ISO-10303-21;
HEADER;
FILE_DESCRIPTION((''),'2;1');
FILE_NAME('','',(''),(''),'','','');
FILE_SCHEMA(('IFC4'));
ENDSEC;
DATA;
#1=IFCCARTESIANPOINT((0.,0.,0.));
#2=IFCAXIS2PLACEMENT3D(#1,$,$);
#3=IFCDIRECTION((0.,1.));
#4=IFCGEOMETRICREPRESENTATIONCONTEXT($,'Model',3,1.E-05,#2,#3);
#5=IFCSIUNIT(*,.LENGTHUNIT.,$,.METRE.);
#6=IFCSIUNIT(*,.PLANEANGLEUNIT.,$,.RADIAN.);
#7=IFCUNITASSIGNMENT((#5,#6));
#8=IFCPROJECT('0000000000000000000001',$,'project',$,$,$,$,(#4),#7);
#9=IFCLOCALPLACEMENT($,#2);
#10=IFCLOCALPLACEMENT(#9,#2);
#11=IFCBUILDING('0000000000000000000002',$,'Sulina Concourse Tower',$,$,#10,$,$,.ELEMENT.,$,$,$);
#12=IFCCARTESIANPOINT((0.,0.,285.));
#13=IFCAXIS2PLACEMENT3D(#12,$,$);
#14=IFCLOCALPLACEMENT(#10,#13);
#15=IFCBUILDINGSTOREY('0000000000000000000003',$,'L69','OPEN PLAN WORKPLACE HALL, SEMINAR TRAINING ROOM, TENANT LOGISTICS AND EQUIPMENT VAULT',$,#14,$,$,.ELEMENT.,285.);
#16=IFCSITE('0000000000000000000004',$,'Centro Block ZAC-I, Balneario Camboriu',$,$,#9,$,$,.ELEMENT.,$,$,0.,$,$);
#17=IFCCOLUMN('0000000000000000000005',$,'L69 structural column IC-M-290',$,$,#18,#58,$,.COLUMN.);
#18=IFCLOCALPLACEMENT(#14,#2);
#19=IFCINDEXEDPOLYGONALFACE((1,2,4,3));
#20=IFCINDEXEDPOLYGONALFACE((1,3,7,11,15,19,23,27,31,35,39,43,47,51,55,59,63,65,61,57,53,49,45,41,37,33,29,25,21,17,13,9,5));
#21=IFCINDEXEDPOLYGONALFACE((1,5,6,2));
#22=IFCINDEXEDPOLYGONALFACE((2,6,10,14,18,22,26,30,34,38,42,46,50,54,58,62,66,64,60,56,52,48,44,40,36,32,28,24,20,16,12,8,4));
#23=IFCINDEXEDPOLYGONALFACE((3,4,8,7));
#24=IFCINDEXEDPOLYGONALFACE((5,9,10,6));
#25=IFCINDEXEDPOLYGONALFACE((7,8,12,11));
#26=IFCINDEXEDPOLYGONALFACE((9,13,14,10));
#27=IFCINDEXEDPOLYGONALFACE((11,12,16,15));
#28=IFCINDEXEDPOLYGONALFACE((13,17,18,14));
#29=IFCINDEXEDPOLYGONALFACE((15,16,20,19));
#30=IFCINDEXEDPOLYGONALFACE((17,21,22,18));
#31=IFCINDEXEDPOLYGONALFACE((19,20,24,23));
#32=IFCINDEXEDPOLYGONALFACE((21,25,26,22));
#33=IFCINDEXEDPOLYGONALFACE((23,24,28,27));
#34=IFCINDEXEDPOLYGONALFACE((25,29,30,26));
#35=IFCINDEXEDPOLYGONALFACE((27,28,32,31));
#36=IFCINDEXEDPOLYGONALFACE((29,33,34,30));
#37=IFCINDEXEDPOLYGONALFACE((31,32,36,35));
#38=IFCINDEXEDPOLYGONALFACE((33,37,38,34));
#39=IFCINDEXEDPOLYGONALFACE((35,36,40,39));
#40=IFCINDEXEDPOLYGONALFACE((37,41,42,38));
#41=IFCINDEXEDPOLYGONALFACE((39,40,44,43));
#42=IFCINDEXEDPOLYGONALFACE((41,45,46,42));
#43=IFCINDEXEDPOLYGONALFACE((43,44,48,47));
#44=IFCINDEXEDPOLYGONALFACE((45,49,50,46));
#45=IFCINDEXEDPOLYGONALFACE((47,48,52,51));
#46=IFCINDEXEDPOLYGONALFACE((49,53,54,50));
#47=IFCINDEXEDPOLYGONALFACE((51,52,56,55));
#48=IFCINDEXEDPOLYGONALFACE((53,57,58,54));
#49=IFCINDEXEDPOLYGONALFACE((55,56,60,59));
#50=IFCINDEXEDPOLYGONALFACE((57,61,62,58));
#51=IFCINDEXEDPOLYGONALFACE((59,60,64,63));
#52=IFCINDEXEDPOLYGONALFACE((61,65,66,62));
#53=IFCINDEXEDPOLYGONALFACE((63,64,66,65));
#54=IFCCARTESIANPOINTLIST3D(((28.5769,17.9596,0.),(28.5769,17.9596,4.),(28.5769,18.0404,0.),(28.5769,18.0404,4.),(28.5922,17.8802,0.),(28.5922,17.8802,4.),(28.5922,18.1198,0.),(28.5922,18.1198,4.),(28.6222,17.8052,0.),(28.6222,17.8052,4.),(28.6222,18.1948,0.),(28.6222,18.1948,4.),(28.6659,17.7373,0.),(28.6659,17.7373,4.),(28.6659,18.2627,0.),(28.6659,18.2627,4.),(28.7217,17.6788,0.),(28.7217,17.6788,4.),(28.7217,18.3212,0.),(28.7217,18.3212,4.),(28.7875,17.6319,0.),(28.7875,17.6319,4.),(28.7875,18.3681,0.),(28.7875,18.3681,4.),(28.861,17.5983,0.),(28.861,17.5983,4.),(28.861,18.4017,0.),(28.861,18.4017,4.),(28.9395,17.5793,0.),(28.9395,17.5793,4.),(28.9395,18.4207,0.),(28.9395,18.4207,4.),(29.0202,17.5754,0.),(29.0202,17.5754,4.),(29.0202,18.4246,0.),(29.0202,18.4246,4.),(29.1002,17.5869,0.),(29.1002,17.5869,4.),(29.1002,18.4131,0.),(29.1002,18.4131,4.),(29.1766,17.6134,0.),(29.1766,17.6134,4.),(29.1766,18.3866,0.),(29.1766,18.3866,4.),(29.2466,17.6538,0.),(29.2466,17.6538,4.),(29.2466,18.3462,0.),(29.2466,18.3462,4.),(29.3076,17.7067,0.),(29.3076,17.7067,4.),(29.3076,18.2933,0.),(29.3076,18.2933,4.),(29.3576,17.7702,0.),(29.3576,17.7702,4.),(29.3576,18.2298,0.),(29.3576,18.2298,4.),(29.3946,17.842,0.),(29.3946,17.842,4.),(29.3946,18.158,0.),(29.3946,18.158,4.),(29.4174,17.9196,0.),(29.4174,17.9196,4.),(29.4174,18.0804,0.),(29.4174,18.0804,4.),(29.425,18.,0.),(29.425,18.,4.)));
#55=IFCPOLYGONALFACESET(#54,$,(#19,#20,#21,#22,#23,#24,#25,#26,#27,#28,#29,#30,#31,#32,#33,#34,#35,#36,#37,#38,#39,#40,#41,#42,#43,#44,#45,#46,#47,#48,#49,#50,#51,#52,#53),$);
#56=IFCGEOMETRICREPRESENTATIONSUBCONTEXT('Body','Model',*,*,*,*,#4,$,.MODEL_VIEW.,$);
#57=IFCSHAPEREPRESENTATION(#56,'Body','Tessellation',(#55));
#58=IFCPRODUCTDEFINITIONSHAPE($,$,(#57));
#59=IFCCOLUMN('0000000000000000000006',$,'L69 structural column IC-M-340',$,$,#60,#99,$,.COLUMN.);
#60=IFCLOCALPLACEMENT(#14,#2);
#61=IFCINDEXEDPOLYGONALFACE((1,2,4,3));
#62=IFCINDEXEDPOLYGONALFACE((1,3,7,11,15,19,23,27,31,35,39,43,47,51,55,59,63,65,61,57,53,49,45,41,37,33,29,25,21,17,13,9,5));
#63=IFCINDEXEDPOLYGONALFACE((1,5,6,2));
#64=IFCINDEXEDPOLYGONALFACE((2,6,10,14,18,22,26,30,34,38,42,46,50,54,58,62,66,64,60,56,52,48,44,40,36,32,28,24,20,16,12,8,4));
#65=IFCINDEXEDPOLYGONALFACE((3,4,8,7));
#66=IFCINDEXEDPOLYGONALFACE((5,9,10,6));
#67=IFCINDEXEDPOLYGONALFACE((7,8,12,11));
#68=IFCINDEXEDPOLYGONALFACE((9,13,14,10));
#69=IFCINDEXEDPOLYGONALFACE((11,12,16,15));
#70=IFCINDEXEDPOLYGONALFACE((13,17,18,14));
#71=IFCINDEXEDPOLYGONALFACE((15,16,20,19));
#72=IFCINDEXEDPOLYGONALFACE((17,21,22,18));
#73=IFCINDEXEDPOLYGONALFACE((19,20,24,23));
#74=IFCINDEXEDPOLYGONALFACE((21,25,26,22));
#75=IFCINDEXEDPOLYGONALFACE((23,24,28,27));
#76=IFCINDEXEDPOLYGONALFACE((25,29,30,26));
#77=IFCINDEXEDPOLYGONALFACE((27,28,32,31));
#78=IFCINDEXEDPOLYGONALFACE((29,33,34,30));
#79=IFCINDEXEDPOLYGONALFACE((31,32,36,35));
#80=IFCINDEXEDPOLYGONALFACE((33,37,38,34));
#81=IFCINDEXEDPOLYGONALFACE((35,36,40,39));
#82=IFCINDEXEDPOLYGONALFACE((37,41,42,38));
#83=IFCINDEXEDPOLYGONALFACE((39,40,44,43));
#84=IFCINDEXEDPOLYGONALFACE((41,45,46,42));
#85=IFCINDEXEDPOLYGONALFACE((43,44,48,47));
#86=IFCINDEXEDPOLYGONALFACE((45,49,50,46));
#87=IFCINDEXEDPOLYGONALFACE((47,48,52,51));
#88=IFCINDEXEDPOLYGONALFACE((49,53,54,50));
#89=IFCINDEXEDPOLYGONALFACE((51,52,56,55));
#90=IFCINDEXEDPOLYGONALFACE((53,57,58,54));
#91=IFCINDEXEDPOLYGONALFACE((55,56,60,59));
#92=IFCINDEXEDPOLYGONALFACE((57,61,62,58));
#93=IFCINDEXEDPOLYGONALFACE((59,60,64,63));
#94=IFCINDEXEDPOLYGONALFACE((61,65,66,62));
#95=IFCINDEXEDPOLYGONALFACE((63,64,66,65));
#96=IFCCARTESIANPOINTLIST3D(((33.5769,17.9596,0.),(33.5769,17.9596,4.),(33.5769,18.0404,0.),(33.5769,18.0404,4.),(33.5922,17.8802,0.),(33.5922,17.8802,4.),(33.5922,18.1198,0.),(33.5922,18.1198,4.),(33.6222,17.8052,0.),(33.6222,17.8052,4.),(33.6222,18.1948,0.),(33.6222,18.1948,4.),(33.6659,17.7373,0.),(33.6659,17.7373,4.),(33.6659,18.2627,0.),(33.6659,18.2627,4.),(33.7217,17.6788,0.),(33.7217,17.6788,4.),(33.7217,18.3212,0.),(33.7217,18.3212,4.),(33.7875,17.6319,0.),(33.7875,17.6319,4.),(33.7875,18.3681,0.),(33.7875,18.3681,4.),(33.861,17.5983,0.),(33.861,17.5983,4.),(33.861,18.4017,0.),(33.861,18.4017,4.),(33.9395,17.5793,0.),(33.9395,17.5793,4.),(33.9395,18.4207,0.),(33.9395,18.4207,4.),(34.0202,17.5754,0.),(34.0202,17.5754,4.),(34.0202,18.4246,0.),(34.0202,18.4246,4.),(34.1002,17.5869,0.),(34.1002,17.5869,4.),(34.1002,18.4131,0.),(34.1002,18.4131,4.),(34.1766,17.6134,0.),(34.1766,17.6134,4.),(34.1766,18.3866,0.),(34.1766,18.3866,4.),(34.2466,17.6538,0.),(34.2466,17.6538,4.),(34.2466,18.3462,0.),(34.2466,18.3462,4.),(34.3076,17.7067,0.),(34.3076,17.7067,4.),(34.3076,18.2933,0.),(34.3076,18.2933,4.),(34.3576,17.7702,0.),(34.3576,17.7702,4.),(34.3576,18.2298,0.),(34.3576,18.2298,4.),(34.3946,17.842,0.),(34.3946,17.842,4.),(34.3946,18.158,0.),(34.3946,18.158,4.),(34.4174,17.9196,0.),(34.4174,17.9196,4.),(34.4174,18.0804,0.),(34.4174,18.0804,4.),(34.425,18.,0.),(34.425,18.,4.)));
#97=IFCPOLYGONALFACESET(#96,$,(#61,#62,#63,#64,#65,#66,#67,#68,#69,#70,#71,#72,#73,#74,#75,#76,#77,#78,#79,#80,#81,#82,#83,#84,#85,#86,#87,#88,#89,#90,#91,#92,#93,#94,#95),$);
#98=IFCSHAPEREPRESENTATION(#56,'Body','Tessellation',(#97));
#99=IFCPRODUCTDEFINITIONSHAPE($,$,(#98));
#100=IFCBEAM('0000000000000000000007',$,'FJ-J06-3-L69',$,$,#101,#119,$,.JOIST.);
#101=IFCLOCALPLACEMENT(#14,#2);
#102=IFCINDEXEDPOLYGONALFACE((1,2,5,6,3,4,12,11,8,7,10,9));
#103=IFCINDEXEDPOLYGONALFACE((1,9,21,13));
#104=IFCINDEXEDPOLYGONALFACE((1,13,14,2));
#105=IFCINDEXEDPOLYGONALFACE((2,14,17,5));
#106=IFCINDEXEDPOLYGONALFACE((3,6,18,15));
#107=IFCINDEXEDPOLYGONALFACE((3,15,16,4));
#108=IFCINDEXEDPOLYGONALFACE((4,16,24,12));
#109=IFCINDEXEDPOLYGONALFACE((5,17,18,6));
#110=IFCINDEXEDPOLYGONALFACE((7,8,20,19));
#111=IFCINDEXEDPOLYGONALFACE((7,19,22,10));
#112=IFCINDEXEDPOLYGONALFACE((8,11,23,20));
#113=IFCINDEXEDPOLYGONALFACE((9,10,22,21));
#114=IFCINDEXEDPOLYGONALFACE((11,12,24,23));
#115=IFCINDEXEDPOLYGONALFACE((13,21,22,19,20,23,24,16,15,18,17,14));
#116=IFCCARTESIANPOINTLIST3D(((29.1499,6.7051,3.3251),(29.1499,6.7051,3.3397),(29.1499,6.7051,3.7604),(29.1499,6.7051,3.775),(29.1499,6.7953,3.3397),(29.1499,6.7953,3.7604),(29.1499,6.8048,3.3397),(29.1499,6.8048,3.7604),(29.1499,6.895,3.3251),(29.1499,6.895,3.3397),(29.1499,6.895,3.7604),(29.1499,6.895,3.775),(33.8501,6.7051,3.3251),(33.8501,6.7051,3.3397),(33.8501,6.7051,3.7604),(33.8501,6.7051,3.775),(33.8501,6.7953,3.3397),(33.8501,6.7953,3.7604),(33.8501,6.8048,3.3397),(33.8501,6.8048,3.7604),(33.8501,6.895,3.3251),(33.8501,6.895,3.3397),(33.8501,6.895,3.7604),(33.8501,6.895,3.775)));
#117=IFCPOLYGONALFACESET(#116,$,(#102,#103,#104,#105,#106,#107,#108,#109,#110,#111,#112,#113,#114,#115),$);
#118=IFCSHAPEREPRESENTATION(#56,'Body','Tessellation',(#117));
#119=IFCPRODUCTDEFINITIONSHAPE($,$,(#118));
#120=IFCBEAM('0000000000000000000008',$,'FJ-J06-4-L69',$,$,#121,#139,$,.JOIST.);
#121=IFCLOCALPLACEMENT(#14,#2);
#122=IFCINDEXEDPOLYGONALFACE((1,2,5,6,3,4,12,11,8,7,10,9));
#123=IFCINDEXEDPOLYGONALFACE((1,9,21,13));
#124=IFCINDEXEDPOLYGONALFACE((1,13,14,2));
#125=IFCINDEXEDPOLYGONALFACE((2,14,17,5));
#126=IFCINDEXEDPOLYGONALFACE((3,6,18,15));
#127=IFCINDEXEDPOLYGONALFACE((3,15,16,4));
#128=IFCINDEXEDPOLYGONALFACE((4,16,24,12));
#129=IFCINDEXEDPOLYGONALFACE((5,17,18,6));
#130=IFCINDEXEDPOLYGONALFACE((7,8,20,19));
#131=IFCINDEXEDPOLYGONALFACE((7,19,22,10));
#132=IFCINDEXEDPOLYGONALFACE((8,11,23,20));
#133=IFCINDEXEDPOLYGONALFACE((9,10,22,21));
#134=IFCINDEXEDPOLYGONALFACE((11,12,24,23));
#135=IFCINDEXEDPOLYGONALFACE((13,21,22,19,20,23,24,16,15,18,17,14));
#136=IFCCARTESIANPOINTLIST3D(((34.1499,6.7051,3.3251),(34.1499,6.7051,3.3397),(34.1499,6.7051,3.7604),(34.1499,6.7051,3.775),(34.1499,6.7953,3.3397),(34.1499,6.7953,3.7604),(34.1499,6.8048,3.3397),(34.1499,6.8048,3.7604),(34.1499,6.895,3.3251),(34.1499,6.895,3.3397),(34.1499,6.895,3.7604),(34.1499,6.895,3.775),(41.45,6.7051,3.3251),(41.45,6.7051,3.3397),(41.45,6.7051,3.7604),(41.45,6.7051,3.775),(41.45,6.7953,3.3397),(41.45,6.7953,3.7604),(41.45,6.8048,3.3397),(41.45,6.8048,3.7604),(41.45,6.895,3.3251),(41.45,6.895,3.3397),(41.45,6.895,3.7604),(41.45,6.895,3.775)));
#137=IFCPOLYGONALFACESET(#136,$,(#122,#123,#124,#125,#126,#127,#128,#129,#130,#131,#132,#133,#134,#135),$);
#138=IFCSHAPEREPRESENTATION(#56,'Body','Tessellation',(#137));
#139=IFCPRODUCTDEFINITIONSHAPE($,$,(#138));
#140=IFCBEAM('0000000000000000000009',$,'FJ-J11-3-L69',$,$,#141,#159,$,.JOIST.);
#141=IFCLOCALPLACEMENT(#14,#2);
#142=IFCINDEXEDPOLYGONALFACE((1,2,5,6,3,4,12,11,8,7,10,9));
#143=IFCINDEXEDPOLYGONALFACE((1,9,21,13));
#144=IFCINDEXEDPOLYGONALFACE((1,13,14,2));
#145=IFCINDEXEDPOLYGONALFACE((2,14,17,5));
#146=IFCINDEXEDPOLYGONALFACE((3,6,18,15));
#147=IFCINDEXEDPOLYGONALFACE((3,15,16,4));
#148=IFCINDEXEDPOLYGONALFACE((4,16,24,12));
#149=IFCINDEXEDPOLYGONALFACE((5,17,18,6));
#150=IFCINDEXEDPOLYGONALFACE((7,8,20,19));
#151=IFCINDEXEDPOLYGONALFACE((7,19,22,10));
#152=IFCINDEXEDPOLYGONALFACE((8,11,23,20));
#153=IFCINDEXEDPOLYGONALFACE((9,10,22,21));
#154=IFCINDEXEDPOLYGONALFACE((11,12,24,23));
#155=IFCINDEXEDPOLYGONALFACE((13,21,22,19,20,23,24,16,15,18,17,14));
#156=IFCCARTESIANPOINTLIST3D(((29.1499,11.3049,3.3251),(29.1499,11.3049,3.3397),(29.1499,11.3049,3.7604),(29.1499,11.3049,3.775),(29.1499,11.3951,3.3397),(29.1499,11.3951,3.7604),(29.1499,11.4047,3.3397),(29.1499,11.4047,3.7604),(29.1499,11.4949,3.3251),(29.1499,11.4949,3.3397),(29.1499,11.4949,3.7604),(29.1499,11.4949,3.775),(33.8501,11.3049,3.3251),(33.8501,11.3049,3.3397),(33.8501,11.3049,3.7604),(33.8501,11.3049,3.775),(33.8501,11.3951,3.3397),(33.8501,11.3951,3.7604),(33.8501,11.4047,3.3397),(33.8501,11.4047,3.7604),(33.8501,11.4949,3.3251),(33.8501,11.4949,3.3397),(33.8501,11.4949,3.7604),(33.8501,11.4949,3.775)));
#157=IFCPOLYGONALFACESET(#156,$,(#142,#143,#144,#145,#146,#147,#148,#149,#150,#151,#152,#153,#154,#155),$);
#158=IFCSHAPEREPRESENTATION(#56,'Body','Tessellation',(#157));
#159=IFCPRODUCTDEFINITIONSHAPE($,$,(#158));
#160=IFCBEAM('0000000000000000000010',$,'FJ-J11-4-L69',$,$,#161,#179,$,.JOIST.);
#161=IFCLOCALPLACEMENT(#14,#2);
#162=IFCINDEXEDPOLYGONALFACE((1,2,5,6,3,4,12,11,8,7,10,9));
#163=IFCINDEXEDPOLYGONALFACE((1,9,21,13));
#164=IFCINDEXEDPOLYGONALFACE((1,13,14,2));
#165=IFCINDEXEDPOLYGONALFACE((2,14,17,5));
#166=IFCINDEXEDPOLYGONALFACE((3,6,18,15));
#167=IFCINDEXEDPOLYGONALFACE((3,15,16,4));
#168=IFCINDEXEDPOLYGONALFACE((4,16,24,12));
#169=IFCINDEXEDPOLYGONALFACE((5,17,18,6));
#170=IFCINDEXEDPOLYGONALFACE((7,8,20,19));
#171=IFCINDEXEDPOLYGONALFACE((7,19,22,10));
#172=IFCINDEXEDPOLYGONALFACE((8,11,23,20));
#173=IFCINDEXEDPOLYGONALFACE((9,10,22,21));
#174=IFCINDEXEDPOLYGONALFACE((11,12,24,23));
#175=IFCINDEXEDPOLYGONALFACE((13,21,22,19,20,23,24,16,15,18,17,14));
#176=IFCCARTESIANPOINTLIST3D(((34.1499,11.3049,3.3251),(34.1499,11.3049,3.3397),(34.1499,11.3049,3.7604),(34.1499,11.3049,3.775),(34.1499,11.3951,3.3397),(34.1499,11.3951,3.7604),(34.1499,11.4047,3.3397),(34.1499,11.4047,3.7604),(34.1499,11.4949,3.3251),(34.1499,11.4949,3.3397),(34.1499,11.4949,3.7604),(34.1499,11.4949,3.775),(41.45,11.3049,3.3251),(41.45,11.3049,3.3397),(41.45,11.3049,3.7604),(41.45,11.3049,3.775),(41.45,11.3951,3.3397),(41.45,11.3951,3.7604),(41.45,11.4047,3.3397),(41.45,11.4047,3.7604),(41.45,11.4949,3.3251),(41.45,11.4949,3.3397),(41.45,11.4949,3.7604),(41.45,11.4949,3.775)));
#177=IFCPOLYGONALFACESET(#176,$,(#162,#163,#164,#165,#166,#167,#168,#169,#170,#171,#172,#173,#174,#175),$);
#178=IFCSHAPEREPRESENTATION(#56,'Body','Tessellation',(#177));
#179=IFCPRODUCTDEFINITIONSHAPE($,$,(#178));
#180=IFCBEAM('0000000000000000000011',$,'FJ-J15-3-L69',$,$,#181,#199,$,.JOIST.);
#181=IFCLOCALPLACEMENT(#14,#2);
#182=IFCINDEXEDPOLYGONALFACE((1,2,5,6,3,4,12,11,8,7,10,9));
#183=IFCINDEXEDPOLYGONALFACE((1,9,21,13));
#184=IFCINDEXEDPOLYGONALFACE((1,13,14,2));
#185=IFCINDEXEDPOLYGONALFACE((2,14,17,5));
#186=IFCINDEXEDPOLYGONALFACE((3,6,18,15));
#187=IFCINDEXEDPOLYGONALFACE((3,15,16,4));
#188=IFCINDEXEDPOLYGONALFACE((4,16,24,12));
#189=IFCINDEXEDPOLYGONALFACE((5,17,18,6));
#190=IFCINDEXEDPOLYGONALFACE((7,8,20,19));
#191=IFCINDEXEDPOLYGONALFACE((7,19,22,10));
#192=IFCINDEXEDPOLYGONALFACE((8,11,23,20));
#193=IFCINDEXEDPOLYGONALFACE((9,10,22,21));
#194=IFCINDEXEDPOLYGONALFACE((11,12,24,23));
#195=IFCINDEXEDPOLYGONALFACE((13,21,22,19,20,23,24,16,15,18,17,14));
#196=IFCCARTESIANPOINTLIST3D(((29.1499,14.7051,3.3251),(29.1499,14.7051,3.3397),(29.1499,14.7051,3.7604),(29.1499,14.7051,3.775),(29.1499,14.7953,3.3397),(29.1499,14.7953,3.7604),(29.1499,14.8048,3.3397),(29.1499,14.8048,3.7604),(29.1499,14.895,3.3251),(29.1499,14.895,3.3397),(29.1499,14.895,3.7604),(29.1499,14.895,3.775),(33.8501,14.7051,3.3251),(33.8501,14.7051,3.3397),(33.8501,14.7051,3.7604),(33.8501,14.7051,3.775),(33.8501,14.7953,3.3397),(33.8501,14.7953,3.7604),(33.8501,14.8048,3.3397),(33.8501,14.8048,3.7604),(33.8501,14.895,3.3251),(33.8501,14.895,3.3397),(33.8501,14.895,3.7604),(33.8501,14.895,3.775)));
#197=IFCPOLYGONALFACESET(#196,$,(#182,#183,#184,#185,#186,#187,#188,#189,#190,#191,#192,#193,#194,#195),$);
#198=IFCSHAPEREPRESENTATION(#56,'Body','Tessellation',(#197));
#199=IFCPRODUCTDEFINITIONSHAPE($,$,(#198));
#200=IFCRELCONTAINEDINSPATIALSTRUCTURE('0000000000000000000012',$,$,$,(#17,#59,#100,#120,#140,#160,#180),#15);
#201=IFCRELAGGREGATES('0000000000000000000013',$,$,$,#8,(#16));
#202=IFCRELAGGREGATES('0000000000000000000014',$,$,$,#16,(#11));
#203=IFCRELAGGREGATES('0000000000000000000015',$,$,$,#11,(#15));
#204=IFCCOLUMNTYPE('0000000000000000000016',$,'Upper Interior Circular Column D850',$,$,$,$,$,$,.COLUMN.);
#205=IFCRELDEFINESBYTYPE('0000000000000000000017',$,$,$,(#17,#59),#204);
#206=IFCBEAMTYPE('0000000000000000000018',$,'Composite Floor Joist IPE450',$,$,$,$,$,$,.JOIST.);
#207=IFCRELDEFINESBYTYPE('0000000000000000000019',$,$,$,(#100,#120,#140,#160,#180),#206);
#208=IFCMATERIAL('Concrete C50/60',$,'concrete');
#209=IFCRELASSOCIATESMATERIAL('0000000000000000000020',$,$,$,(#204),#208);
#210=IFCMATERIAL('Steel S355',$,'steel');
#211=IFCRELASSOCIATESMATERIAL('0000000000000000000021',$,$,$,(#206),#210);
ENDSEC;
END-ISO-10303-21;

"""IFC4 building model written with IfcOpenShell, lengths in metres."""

from ifc_helpers import new_model, si_unit, direction, frame, origin, origin_2d, place, context, subcontext, project, spatial, circle, i_section, extrude, material, material_profile, profile_set, type_object, element, save


model = new_model("IFC4")

# Units and contexts
model_context = context("Model", 3, precision=1e-05, world=origin(), true_north=direction((0.0, 1.0)))
body_context = subcontext(model_context, "Body", "Model", "MODEL_VIEW")
ifc_project = project(units=[si_unit("LENGTHUNIT", "METRE"), si_unit("PLANEANGLEUNIT", "RADIAN")], contexts=[model_context])

# Site, building, storey
site_placement = place(None, origin())
site = spatial("IfcSite", under=ifc_project, at=site_placement, Name="Centro Block ZAC-I, Balneario Camboriu", CompositionType="ELEMENT", RefElevation=0.0)
building_placement = place(site_placement, origin())
building = spatial("IfcBuilding", under=site, at=building_placement, Name="Sulina Concourse Tower", CompositionType="ELEMENT")
storey_placement = place(building_placement, frame((0.0, 0.0, 285.0)))
storey = spatial("IfcBuildingStorey", under=building, at=storey_placement, Name="L69", Description="OPEN PLAN WORKPLACE HALL, SEMINAR TRAINING ROOM, TENANT LOGISTICS AND EQUIPMENT VAULT", CompositionType="ELEMENT", Elevation=285.0)

# Columns
ifc_material_1 = material(Name="Concrete C50/60", Category="concrete")
ifc_material_profile_1 = material_profile(ifc_material_1, circle(Radius=0.425, at=origin_2d()), Name="RC D850")
ifc_profile_set_1 = profile_set([ifc_material_profile_1], Name="Concrete C50/60")
column_type = type_object("IfcColumnType", Name="Upper Interior Circular Column D850", PredefinedType="COLUMN", material=ifc_profile_set_1)
for number, where, z_axis, x_axis, name in (
    (1, (29.0, 18.0, 0.0), (0.0, 0.0, 1.0), (1.0, 0.0, 0.0), "L69 structural column IC-M-290"),
    (2, (34.0, 18.0, 0.0), (0.0, 0.0, 1.0), (1.0, 0.0, 0.0), "L69 structural column IC-M-340"),
):
    element("IfcColumn", number, at=place(storey_placement, frame(where, z_axis=z_axis, x_axis=x_axis)), inside=storey, type_object=column_type, Name=name, PredefinedType="COLUMN", context=body_context, shape_type="SweptSolid", body=[
        extrude(circle(Radius=0.425, at=origin_2d()), origin(), (0.0, 0.0, 1.0), 4.0),
    ])

# Beams
ifc_material_2 = material(Name="Steel S355", Category="steel")
ifc_material_profile_2 = material_profile(ifc_material_2, i_section(OverallWidth=0.1899, OverallDepth=0.45, WebThickness=0.0095, FlangeThickness=0.0146, at=origin_2d()), Name="IPE 450")
ifc_profile_set_2 = profile_set([ifc_material_profile_2], Name="Steel S355")
beam_type_1 = type_object("IfcBeamType", Name="Composite Floor Joist IPE450", PredefinedType="JOIST", material=ifc_profile_set_2)
beam_1_placement = place(storey_placement, frame((29.1499, 6.8, 3.55), z_axis=(1.0, 0.0, 0.0), x_axis=(0.0, 1.0, 0.0)))
element("IfcBeam", 3, at=beam_1_placement, inside=storey, type_object=beam_type_1, Name="FJ-J06-3-L69", PredefinedType="JOIST", context=body_context, shape_type="SweptSolid", body=[
    extrude(i_section(OverallWidth=0.1899, OverallDepth=0.45, WebThickness=0.0095, FlangeThickness=0.0146, at=origin_2d()), origin(), (0.0, 0.0, 1.0), 4.7002),
])
beam_2_placement = place(storey_placement, frame((34.1499, 6.8, 3.55), z_axis=(1.0, 0.0, 0.0), x_axis=(0.0, 1.0, 0.0)))
element("IfcBeam", 4, at=beam_2_placement, inside=storey, type_object=beam_type_1, Name="FJ-J06-4-L69", PredefinedType="JOIST", context=body_context, shape_type="SweptSolid", body=[
    extrude(i_section(OverallWidth=0.1899, OverallDepth=0.45, WebThickness=0.0095, FlangeThickness=0.0146, at=origin_2d()), origin(), (0.0, 0.0, 1.0), 7.3),
])
beam_3_placement = place(storey_placement, frame((29.1499, 11.3999, 3.55), z_axis=(1.0, 0.0, 0.0), x_axis=(0.0, 1.0, 0.0)))
element("IfcBeam", 5, at=beam_3_placement, inside=storey, type_object=beam_type_1, Name="FJ-J11-3-L69", PredefinedType="JOIST", context=body_context, shape_type="SweptSolid", body=[
    extrude(i_section(OverallWidth=0.1899, OverallDepth=0.45, WebThickness=0.0095, FlangeThickness=0.0146, at=origin_2d()), origin(), (0.0, 0.0, 1.0), 4.7002),
])
beam_4_placement = place(storey_placement, frame((34.1499, 11.3999, 3.55), z_axis=(1.0, 0.0, 0.0), x_axis=(0.0, 1.0, 0.0)))
element("IfcBeam", 6, at=beam_4_placement, inside=storey, type_object=beam_type_1, Name="FJ-J11-4-L69", PredefinedType="JOIST", context=body_context, shape_type="SweptSolid", body=[
    extrude(i_section(OverallWidth=0.1899, OverallDepth=0.45, WebThickness=0.0095, FlangeThickness=0.0146, at=origin_2d()), origin(), (0.0, 0.0, 1.0), 7.3),
])
beam_5_placement = place(storey_placement, frame((29.1499, 14.8, 3.55), z_axis=(1.0, 0.0, 0.0), x_axis=(0.0, 1.0, 0.0)))
element("IfcBeam", 7, at=beam_5_placement, inside=storey, type_object=beam_type_1, Name="FJ-J15-3-L69", PredefinedType="JOIST", context=body_context, shape_type="SweptSolid", body=[
    extrude(i_section(OverallWidth=0.1899, OverallDepth=0.45, WebThickness=0.0095, FlangeThickness=0.0146, at=origin_2d()), origin(), (0.0, 0.0, 1.0), 4.7002),
])

save(model, "model.ifc")
